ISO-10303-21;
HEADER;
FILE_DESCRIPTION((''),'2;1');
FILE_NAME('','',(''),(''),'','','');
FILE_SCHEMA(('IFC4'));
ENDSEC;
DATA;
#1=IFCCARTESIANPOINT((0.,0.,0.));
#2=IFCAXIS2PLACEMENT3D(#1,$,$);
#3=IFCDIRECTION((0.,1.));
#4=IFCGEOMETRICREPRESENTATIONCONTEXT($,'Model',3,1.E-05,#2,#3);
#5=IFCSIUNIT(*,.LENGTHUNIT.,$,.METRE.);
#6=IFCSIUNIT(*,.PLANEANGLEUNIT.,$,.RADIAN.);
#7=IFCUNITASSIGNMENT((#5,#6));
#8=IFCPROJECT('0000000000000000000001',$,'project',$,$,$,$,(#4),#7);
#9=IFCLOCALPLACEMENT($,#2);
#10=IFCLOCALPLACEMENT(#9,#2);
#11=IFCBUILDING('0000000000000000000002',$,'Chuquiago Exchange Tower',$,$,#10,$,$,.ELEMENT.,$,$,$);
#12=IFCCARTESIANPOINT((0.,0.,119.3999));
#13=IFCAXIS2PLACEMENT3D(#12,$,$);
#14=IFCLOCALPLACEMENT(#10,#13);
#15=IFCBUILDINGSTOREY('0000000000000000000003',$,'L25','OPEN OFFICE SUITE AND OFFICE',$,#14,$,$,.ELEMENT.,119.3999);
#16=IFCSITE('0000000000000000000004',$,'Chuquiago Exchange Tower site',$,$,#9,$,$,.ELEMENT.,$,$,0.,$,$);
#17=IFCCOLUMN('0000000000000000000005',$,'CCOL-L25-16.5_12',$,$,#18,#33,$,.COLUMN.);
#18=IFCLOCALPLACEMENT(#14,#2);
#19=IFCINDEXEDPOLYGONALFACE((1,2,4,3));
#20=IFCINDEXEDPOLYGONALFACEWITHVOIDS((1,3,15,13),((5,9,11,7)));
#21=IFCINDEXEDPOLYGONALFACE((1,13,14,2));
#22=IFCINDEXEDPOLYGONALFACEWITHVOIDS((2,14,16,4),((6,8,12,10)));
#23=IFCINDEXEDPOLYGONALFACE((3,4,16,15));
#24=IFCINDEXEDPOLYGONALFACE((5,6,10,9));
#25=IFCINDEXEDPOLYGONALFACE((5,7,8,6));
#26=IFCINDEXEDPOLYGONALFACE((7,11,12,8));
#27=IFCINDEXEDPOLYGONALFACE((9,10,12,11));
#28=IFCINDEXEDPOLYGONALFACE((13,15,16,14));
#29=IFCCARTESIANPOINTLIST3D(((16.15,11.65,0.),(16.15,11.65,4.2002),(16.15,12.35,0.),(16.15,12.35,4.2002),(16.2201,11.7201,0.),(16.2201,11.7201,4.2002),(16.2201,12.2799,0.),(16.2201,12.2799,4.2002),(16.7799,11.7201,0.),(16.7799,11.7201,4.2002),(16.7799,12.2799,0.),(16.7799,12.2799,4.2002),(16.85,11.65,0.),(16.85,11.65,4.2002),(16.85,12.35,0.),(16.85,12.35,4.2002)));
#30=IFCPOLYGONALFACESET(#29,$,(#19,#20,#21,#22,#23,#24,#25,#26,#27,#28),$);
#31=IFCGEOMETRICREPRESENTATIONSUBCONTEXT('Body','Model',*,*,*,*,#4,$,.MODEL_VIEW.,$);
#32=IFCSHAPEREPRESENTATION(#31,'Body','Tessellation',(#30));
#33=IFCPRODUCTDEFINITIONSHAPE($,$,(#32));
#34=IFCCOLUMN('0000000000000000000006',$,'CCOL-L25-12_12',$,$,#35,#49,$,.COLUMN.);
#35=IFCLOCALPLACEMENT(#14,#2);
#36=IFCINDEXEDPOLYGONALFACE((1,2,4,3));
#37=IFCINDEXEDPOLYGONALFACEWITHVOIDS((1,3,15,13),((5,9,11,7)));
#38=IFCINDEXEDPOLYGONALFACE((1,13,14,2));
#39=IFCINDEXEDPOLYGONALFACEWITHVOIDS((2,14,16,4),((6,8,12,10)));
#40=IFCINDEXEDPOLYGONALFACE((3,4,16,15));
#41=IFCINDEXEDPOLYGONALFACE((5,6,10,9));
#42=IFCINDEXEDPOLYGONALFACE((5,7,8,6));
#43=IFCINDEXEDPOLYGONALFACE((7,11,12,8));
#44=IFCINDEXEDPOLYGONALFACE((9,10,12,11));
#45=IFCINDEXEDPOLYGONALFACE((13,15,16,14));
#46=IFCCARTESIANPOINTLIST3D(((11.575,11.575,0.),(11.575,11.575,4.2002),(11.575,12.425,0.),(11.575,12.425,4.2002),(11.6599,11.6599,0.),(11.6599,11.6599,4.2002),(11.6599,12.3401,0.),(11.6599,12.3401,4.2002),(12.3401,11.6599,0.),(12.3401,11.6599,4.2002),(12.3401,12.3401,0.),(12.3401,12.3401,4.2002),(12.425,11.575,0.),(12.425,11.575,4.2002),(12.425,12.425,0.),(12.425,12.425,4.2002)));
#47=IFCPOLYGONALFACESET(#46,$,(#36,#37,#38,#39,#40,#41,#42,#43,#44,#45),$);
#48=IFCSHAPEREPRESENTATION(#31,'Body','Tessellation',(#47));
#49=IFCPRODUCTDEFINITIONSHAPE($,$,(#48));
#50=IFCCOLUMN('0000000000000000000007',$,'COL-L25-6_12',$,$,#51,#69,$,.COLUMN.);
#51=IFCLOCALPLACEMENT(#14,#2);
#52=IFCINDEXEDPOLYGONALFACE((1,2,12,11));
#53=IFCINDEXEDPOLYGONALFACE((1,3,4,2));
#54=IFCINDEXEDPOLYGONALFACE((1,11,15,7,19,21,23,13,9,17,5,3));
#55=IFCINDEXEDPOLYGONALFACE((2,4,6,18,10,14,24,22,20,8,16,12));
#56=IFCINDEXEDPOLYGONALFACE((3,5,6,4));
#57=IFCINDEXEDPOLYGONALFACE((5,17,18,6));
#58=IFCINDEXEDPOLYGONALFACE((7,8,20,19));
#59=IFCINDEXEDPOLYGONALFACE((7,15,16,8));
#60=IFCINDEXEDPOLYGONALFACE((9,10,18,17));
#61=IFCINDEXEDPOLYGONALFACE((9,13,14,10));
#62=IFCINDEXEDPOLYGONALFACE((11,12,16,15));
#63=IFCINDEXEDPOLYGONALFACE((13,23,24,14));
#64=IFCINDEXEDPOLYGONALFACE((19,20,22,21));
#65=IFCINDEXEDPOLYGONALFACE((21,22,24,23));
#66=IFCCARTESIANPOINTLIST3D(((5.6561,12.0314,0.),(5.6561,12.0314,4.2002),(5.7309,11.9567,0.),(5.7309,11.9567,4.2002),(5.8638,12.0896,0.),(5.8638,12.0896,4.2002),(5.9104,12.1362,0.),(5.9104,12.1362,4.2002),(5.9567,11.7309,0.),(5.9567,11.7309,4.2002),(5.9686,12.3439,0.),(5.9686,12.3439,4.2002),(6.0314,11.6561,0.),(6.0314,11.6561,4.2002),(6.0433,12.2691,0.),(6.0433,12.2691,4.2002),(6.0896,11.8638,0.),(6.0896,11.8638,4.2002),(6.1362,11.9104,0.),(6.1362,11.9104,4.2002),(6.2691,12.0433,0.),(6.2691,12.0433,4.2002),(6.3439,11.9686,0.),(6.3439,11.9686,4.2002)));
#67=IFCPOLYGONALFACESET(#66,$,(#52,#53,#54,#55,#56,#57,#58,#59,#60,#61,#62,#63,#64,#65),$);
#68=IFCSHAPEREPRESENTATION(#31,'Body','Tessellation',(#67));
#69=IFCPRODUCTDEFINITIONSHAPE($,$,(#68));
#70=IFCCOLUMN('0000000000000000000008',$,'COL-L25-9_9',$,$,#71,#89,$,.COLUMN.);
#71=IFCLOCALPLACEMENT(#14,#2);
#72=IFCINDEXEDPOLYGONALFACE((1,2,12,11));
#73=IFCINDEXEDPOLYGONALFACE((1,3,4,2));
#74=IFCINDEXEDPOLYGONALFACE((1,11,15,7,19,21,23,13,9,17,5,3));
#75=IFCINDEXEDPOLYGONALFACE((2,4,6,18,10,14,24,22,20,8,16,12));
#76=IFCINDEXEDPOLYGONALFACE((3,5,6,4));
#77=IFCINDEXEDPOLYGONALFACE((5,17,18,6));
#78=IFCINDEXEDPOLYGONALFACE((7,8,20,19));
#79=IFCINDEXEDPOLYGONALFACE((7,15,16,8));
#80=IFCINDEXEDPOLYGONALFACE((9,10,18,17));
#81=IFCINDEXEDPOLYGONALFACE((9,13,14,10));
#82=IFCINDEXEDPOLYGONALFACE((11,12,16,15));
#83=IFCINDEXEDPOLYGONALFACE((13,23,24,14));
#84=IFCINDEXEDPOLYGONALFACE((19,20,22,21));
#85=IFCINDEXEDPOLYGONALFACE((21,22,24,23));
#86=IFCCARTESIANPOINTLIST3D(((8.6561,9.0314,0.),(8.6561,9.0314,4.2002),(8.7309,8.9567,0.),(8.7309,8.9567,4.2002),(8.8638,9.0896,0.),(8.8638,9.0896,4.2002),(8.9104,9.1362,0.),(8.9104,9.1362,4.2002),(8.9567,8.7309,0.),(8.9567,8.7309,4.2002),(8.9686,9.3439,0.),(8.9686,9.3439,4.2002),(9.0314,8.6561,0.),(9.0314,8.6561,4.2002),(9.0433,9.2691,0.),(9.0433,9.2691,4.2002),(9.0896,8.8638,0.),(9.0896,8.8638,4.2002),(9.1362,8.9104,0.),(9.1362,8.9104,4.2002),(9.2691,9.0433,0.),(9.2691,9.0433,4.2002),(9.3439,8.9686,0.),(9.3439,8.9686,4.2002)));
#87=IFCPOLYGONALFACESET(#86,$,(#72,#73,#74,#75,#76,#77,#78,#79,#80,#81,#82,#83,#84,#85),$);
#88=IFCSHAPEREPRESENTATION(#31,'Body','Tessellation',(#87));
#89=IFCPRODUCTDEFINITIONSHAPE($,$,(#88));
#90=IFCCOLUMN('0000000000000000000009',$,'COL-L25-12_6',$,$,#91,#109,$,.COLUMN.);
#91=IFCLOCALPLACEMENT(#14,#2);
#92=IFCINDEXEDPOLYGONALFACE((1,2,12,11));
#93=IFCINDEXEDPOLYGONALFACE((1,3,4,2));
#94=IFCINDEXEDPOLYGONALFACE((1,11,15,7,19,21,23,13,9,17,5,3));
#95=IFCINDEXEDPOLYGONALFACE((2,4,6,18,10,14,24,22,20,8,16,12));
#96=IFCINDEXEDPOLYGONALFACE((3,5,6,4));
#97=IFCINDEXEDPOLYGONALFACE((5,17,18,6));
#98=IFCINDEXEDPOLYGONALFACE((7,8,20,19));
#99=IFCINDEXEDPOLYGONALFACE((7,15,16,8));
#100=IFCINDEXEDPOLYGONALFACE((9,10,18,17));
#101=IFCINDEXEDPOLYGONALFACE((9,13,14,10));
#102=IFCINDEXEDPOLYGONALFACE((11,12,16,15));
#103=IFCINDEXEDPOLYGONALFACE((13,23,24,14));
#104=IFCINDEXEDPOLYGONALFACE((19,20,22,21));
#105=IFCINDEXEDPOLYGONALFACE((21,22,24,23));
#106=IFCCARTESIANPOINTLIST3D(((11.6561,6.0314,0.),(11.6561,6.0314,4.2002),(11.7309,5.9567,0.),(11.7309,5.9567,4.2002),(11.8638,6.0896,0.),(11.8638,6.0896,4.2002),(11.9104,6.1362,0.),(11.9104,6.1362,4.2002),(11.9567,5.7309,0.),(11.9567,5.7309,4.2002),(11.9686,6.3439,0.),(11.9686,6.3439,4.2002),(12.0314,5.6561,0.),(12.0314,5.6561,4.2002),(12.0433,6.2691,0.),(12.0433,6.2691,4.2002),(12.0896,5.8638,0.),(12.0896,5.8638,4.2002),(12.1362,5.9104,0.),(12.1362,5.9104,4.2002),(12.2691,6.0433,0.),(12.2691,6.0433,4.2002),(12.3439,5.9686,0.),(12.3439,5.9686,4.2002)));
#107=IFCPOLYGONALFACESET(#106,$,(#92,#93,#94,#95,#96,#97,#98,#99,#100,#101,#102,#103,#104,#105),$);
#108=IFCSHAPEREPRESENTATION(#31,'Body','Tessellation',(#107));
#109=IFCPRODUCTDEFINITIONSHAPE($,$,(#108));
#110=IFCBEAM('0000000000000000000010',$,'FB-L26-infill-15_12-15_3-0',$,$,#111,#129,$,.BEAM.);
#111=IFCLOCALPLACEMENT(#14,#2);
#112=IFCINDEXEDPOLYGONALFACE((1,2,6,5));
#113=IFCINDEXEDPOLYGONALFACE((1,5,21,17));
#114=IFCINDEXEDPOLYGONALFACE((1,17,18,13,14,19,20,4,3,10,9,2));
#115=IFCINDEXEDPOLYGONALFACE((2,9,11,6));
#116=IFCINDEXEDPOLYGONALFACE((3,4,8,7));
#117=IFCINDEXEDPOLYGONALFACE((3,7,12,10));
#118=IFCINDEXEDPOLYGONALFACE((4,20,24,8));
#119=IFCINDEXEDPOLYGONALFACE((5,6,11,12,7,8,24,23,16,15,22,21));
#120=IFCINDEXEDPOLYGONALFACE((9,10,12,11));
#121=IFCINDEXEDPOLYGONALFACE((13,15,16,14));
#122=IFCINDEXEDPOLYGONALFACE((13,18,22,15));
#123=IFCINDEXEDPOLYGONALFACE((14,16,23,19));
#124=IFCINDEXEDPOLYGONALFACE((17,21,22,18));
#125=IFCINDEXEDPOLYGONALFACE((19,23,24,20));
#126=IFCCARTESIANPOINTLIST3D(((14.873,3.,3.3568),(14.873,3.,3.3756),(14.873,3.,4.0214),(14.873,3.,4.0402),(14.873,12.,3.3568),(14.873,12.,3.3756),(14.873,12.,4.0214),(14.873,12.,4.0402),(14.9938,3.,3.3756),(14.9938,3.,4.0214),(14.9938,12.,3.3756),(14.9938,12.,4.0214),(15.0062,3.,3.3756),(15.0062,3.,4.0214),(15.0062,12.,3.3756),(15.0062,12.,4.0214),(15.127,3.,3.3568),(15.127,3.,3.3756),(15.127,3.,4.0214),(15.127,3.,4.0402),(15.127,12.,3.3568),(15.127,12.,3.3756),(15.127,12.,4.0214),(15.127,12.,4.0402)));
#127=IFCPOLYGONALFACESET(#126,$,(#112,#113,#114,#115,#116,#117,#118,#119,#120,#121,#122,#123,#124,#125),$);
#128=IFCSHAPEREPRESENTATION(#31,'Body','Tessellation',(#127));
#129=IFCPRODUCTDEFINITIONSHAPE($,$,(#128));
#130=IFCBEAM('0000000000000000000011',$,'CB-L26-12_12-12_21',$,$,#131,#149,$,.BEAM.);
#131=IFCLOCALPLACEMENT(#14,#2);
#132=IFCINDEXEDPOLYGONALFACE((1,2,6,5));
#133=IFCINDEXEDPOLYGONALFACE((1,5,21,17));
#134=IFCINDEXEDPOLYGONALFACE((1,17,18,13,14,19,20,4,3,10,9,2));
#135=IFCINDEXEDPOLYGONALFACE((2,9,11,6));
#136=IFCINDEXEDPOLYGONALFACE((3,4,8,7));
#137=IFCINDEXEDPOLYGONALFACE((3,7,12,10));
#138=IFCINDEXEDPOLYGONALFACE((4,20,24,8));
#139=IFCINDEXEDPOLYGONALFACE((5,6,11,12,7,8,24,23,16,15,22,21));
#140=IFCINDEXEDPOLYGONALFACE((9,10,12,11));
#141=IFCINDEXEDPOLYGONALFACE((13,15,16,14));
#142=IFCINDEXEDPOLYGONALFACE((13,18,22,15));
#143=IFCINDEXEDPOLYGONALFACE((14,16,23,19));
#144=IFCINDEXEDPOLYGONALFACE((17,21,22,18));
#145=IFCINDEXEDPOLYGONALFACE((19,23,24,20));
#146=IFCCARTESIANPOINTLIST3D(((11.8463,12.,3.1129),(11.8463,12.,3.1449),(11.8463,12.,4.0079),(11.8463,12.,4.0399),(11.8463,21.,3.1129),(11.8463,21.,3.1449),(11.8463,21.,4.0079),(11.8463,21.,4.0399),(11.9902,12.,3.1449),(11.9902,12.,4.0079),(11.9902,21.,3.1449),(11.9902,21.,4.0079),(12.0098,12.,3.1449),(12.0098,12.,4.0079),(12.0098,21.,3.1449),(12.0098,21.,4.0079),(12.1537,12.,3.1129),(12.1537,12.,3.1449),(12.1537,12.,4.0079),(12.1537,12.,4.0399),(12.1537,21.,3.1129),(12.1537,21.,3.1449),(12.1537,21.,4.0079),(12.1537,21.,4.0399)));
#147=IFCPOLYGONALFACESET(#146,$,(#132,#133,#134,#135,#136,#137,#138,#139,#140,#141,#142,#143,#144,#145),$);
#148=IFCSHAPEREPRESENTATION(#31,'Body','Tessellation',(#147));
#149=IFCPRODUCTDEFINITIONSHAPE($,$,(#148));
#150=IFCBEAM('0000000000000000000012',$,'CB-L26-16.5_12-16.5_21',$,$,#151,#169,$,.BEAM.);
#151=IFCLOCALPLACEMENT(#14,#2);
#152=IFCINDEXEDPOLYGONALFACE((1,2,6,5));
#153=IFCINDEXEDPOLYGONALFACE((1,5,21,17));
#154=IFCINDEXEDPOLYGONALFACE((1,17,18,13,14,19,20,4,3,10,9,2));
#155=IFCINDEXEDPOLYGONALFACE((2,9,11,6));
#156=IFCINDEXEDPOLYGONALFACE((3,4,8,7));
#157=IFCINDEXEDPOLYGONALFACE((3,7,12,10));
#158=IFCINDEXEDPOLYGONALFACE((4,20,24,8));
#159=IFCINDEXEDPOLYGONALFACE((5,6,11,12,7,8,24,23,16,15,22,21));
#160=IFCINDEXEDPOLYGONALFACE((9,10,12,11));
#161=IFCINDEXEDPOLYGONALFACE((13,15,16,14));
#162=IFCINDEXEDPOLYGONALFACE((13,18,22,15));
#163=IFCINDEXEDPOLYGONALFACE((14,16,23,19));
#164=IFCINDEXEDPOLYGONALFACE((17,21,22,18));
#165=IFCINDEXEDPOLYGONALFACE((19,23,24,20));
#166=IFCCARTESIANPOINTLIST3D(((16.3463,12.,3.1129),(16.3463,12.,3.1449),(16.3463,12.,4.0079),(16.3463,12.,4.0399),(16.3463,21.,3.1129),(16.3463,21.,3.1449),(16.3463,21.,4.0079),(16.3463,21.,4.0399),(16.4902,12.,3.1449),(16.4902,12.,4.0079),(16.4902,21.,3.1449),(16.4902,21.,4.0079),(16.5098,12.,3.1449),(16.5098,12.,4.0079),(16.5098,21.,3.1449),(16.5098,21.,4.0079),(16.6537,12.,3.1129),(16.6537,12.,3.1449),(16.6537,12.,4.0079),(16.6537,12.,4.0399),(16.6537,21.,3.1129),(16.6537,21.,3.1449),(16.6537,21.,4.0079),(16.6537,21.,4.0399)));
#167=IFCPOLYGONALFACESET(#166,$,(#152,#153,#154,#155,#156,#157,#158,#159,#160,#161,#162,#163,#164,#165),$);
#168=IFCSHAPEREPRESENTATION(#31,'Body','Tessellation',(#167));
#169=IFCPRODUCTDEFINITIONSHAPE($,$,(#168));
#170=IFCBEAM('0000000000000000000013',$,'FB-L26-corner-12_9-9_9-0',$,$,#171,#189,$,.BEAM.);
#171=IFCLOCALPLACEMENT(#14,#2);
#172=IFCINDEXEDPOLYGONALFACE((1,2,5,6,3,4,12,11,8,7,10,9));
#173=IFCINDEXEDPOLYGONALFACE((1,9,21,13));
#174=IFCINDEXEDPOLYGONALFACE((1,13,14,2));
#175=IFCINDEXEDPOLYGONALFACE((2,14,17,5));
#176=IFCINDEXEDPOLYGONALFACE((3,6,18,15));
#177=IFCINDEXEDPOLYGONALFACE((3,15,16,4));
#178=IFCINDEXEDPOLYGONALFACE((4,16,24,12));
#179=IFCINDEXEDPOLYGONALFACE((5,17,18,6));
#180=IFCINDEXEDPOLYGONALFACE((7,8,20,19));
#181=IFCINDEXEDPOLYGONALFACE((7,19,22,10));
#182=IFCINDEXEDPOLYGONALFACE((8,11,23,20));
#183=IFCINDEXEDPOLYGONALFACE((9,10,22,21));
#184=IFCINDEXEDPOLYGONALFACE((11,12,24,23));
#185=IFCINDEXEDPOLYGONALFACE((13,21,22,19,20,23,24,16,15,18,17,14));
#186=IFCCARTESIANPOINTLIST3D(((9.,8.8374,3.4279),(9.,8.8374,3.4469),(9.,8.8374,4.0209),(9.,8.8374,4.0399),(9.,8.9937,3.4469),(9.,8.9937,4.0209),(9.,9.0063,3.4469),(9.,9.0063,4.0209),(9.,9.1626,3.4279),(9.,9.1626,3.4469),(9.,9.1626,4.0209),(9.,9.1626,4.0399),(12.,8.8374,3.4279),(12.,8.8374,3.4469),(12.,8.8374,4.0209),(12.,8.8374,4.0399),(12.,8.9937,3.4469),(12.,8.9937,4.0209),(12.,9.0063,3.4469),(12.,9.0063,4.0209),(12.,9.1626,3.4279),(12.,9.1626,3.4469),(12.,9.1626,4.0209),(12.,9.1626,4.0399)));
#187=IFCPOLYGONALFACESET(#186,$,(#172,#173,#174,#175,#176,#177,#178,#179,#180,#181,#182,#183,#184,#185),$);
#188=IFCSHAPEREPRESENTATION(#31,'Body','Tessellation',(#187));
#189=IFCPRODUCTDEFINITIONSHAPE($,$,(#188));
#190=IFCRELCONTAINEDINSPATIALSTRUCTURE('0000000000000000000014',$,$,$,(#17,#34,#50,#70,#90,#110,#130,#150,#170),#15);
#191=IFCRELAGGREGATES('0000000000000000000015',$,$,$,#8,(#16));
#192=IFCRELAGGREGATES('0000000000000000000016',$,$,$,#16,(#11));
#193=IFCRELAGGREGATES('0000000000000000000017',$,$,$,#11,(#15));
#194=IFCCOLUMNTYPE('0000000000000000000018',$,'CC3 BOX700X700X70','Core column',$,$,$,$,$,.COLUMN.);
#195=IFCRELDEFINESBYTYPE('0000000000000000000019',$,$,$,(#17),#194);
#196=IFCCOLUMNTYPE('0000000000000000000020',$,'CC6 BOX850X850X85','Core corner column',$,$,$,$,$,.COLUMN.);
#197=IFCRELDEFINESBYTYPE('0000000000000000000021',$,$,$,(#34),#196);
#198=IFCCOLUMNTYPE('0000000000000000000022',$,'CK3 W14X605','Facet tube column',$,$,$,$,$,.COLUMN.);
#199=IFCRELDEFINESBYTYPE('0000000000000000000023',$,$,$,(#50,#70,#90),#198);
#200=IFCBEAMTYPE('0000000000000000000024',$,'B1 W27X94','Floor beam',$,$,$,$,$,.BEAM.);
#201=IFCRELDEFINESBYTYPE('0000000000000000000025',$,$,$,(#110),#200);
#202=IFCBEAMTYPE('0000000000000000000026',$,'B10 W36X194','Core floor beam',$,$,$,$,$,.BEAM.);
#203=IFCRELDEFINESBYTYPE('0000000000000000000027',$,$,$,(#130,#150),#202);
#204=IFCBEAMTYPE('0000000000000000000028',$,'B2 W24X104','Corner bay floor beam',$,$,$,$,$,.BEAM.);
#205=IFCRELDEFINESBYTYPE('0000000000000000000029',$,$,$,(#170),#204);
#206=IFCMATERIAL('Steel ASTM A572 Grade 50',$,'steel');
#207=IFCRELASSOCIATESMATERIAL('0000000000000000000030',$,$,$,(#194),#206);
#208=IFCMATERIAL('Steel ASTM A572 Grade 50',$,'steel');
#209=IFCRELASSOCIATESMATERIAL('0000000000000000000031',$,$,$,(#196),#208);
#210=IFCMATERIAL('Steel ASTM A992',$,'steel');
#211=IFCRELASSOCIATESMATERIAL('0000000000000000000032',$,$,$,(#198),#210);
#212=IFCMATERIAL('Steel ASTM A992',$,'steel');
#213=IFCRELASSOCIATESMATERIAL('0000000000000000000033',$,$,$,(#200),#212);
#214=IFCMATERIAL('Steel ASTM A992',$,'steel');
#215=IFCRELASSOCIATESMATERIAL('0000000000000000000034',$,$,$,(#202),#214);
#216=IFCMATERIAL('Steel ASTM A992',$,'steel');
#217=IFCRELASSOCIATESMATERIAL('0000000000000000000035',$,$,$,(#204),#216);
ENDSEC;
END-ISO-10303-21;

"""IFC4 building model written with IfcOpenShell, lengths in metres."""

from ifc_helpers import new_model, si_unit, direction, frame, origin, origin_2d, place, context, subcontext, project, spatial, hollow_rectangle, i_section, extrude, material, material_profile, profile_set, type_object, element, save


model = new_model("IFC4")

# Units and contexts
model_context = context("Model", 3, precision=1e-05, world=origin(), true_north=direction((0.0, 1.0)))
body_context = subcontext(model_context, "Body", "Model", "MODEL_VIEW")
ifc_project = project(units=[si_unit("LENGTHUNIT", "METRE"), si_unit("PLANEANGLEUNIT", "RADIAN")], contexts=[model_context])

# Site, building, storey
site_placement = place(None, origin())
site = spatial("IfcSite", under=ifc_project, at=site_placement, Name="Chuquiago Exchange Tower site", CompositionType="ELEMENT", RefElevation=0.0)
building_placement = place(site_placement, origin())
building = spatial("IfcBuilding", under=site, at=building_placement, Name="Chuquiago Exchange Tower", CompositionType="ELEMENT")
storey_placement = place(building_placement, frame((0.0, 0.0, 119.3999)))
storey = spatial("IfcBuildingStorey", under=building, at=storey_placement, Name="L25", Description="OPEN OFFICE SUITE AND OFFICE", CompositionType="ELEMENT", Elevation=119.3999)

# Columns
ifc_material_1 = material(Name="Steel ASTM A572 Grade 50", Category="steel")
ifc_material_profile_1 = material_profile(ifc_material_1, hollow_rectangle(XDim=0.7, YDim=0.7, WallThickness=0.0701, at=origin_2d()), Name="BOX700X700X70")
ifc_profile_set_1 = profile_set([ifc_material_profile_1], Name="Steel ASTM A572 Grade 50")
column_type_1 = type_object("IfcColumnType", Name="CC3 BOX700X700X70", Description="Core column", PredefinedType="COLUMN", material=ifc_profile_set_1)
column_1_placement = place(storey_placement, frame((16.5, 12.0, 0.0), z_axis=(0.0, 0.0, 1.0), x_axis=(1.0, 0.0, 0.0)))
element("IfcColumn", 1, at=column_1_placement, inside=storey, type_object=column_type_1, Name="CCOL-L25-16.5_12", PredefinedType="COLUMN", context=body_context, shape_type="SweptSolid", body=[
    extrude(hollow_rectangle(XDim=0.7, YDim=0.7, WallThickness=0.0701, at=origin_2d()), origin(), (0.0, 0.0, 1.0), 4.2002),
])
ifc_material_2 = material(Name="Steel ASTM A572 Grade 50", Category="steel")
ifc_material_profile_2 = material_profile(ifc_material_2, hollow_rectangle(XDim=0.8501, YDim=0.8501, WallThickness=0.085, at=origin_2d()), Name="BOX850X850X85")
ifc_profile_set_2 = profile_set([ifc_material_profile_2], Name="Steel ASTM A572 Grade 50")
column_type_2 = type_object("IfcColumnType", Name="CC6 BOX850X850X85", Description="Core corner column", PredefinedType="COLUMN", material=ifc_profile_set_2)
column_2_placement = place(storey_placement, frame((12.0, 12.0, 0.0), z_axis=(0.0, 0.0, 1.0), x_axis=(1.0, 0.0, 0.0)))
element("IfcColumn", 2, at=column_2_placement, inside=storey, type_object=column_type_2, Name="CCOL-L25-12_12", PredefinedType="COLUMN", context=body_context, shape_type="SweptSolid", body=[
    extrude(hollow_rectangle(XDim=0.8501, YDim=0.8501, WallThickness=0.085, at=origin_2d()), origin(), (0.0, 0.0, 1.0), 4.2002),
])
ifc_material_3 = material(Name="Steel ASTM A992", Category="steel")
ifc_material_profile_3 = material_profile(ifc_material_3, i_section(OverallWidth=0.4419, OverallDepth=0.5308, WebThickness=0.0659, FlangeThickness=0.1057, at=origin_2d()), Name="W14X605")
ifc_profile_set_3 = profile_set([ifc_material_profile_3], Name="Steel ASTM A992")
column_type_3 = type_object("IfcColumnType", Name="CK3 W14X605", Description="Facet tube column", PredefinedType="COLUMN", material=ifc_profile_set_3)
for number, where, z_axis, x_axis, name in (
    (3, (6.0, 12.0, 0.0), (0.0, 0.0, 1.0), (-0.707107, -0.707107, 0.0), "COL-L25-6_12"),
    (4, (9.0, 9.0, 0.0), (0.0, 0.0, 1.0), (-0.707107, -0.707107, 0.0), "COL-L25-9_9"),
    (5, (12.0, 6.0, 0.0), (0.0, 0.0, 1.0), (-0.707107, -0.707107, 0.0), "COL-L25-12_6"),
):
    element("IfcColumn", number, at=place(storey_placement, frame(where, z_axis=z_axis, x_axis=x_axis)), inside=storey, type_object=column_type_3, Name=name, PredefinedType="COLUMN", context=body_context, shape_type="SweptSolid", body=[
        extrude(i_section(OverallWidth=0.4419, OverallDepth=0.5308, WebThickness=0.0659, FlangeThickness=0.1057, at=origin_2d()), origin(), (0.0, 0.0, 1.0), 4.2002),
    ])

# Beams
ifc_material_4 = material(Name="Steel ASTM A992", Category="steel")
ifc_material_profile_4 = material_profile(ifc_material_4, i_section(OverallWidth=0.2539, OverallDepth=0.6833, WebThickness=0.0125, FlangeThickness=0.0188, at=origin_2d()), Name="W27X94")
ifc_profile_set_4 = profile_set([ifc_material_profile_4], Name="Steel ASTM A992")
beam_type_1 = type_object("IfcBeamType", Name="B1 W27X94", Description="Floor beam", PredefinedType="BEAM", material=ifc_profile_set_4)
beam_1_placement = place(storey_placement, frame((15.0, 12.0, 3.6985), z_axis=(0.0, -1.0, 0.0), x_axis=(1.0, 0.0, 0.0)))
element("IfcBeam", 6, at=beam_1_placement, inside=storey, type_object=beam_type_1, Name="FB-L26-infill-15_12-15_3-0", PredefinedType="BEAM", context=body_context, shape_type="SweptSolid", body=[
    extrude(i_section(OverallWidth=0.2539, OverallDepth=0.6833, WebThickness=0.0125, FlangeThickness=0.0188, at=origin_2d()), origin(), (0.0, 0.0, 1.0), 9.0),
])
ifc_material_5 = material(Name="Steel ASTM A992", Category="steel")
ifc_material_profile_5 = material_profile(ifc_material_5, i_section(OverallWidth=0.3074, OverallDepth=0.927, WebThickness=0.0195, FlangeThickness=0.032, at=origin_2d()), Name="W36X194")
ifc_profile_set_5 = profile_set([ifc_material_profile_5], Name="Steel ASTM A992")
beam_type_2 = type_object("IfcBeamType", Name="B10 W36X194", Description="Core floor beam", PredefinedType="BEAM", material=ifc_profile_set_5)
for number, where, z_axis, x_axis, name in (
    (7, (12.0, 12.0, 3.5764), (0.0, 1.0, 0.0), (-1.0, 0.0, 0.0), "CB-L26-12_12-12_21"),
    (8, (16.5, 12.0, 3.5764), (0.0, 1.0, 0.0), (-1.0, 0.0, 0.0), "CB-L26-16.5_12-16.5_21"),
):
    element("IfcBeam", number, at=place(storey_placement, frame(where, z_axis=z_axis, x_axis=x_axis)), inside=storey, type_object=beam_type_2, Name=name, PredefinedType="BEAM", context=body_context, shape_type="SweptSolid", body=[
        extrude(i_section(OverallWidth=0.3074, OverallDepth=0.927, WebThickness=0.0195, FlangeThickness=0.032, at=origin_2d()), origin(), (0.0, 0.0, 1.0), 9.0),
    ])
ifc_material_6 = material(Name="Steel ASTM A992", Category="steel")
ifc_material_profile_6 = material_profile(ifc_material_6, i_section(OverallWidth=0.3252, OverallDepth=0.6121, WebThickness=0.0127, FlangeThickness=0.019, at=origin_2d()), Name="W24X104")
ifc_profile_set_6 = profile_set([ifc_material_profile_6], Name="Steel ASTM A992")
beam_type_3 = type_object("IfcBeamType", Name="B2 W24X104", Description="Corner bay floor beam", PredefinedType="BEAM", material=ifc_profile_set_6)
beam_2_placement = place(storey_placement, frame((12.0, 9.0, 3.7339), z_axis=(-1.0, 0.0, 0.0), x_axis=(0.0, -1.0, 0.0)))
element("IfcBeam", 9, at=beam_2_placement, inside=storey, type_object=beam_type_3, Name="FB-L26-corner-12_9-9_9-0", PredefinedType="BEAM", context=body_context, shape_type="SweptSolid", body=[
    extrude(i_section(OverallWidth=0.3252, OverallDepth=0.6121, WebThickness=0.0127, FlangeThickness=0.019, at=origin_2d()), origin(), (0.0, 0.0, 1.0), 3.0),
])

save(model, "model.ifc")
